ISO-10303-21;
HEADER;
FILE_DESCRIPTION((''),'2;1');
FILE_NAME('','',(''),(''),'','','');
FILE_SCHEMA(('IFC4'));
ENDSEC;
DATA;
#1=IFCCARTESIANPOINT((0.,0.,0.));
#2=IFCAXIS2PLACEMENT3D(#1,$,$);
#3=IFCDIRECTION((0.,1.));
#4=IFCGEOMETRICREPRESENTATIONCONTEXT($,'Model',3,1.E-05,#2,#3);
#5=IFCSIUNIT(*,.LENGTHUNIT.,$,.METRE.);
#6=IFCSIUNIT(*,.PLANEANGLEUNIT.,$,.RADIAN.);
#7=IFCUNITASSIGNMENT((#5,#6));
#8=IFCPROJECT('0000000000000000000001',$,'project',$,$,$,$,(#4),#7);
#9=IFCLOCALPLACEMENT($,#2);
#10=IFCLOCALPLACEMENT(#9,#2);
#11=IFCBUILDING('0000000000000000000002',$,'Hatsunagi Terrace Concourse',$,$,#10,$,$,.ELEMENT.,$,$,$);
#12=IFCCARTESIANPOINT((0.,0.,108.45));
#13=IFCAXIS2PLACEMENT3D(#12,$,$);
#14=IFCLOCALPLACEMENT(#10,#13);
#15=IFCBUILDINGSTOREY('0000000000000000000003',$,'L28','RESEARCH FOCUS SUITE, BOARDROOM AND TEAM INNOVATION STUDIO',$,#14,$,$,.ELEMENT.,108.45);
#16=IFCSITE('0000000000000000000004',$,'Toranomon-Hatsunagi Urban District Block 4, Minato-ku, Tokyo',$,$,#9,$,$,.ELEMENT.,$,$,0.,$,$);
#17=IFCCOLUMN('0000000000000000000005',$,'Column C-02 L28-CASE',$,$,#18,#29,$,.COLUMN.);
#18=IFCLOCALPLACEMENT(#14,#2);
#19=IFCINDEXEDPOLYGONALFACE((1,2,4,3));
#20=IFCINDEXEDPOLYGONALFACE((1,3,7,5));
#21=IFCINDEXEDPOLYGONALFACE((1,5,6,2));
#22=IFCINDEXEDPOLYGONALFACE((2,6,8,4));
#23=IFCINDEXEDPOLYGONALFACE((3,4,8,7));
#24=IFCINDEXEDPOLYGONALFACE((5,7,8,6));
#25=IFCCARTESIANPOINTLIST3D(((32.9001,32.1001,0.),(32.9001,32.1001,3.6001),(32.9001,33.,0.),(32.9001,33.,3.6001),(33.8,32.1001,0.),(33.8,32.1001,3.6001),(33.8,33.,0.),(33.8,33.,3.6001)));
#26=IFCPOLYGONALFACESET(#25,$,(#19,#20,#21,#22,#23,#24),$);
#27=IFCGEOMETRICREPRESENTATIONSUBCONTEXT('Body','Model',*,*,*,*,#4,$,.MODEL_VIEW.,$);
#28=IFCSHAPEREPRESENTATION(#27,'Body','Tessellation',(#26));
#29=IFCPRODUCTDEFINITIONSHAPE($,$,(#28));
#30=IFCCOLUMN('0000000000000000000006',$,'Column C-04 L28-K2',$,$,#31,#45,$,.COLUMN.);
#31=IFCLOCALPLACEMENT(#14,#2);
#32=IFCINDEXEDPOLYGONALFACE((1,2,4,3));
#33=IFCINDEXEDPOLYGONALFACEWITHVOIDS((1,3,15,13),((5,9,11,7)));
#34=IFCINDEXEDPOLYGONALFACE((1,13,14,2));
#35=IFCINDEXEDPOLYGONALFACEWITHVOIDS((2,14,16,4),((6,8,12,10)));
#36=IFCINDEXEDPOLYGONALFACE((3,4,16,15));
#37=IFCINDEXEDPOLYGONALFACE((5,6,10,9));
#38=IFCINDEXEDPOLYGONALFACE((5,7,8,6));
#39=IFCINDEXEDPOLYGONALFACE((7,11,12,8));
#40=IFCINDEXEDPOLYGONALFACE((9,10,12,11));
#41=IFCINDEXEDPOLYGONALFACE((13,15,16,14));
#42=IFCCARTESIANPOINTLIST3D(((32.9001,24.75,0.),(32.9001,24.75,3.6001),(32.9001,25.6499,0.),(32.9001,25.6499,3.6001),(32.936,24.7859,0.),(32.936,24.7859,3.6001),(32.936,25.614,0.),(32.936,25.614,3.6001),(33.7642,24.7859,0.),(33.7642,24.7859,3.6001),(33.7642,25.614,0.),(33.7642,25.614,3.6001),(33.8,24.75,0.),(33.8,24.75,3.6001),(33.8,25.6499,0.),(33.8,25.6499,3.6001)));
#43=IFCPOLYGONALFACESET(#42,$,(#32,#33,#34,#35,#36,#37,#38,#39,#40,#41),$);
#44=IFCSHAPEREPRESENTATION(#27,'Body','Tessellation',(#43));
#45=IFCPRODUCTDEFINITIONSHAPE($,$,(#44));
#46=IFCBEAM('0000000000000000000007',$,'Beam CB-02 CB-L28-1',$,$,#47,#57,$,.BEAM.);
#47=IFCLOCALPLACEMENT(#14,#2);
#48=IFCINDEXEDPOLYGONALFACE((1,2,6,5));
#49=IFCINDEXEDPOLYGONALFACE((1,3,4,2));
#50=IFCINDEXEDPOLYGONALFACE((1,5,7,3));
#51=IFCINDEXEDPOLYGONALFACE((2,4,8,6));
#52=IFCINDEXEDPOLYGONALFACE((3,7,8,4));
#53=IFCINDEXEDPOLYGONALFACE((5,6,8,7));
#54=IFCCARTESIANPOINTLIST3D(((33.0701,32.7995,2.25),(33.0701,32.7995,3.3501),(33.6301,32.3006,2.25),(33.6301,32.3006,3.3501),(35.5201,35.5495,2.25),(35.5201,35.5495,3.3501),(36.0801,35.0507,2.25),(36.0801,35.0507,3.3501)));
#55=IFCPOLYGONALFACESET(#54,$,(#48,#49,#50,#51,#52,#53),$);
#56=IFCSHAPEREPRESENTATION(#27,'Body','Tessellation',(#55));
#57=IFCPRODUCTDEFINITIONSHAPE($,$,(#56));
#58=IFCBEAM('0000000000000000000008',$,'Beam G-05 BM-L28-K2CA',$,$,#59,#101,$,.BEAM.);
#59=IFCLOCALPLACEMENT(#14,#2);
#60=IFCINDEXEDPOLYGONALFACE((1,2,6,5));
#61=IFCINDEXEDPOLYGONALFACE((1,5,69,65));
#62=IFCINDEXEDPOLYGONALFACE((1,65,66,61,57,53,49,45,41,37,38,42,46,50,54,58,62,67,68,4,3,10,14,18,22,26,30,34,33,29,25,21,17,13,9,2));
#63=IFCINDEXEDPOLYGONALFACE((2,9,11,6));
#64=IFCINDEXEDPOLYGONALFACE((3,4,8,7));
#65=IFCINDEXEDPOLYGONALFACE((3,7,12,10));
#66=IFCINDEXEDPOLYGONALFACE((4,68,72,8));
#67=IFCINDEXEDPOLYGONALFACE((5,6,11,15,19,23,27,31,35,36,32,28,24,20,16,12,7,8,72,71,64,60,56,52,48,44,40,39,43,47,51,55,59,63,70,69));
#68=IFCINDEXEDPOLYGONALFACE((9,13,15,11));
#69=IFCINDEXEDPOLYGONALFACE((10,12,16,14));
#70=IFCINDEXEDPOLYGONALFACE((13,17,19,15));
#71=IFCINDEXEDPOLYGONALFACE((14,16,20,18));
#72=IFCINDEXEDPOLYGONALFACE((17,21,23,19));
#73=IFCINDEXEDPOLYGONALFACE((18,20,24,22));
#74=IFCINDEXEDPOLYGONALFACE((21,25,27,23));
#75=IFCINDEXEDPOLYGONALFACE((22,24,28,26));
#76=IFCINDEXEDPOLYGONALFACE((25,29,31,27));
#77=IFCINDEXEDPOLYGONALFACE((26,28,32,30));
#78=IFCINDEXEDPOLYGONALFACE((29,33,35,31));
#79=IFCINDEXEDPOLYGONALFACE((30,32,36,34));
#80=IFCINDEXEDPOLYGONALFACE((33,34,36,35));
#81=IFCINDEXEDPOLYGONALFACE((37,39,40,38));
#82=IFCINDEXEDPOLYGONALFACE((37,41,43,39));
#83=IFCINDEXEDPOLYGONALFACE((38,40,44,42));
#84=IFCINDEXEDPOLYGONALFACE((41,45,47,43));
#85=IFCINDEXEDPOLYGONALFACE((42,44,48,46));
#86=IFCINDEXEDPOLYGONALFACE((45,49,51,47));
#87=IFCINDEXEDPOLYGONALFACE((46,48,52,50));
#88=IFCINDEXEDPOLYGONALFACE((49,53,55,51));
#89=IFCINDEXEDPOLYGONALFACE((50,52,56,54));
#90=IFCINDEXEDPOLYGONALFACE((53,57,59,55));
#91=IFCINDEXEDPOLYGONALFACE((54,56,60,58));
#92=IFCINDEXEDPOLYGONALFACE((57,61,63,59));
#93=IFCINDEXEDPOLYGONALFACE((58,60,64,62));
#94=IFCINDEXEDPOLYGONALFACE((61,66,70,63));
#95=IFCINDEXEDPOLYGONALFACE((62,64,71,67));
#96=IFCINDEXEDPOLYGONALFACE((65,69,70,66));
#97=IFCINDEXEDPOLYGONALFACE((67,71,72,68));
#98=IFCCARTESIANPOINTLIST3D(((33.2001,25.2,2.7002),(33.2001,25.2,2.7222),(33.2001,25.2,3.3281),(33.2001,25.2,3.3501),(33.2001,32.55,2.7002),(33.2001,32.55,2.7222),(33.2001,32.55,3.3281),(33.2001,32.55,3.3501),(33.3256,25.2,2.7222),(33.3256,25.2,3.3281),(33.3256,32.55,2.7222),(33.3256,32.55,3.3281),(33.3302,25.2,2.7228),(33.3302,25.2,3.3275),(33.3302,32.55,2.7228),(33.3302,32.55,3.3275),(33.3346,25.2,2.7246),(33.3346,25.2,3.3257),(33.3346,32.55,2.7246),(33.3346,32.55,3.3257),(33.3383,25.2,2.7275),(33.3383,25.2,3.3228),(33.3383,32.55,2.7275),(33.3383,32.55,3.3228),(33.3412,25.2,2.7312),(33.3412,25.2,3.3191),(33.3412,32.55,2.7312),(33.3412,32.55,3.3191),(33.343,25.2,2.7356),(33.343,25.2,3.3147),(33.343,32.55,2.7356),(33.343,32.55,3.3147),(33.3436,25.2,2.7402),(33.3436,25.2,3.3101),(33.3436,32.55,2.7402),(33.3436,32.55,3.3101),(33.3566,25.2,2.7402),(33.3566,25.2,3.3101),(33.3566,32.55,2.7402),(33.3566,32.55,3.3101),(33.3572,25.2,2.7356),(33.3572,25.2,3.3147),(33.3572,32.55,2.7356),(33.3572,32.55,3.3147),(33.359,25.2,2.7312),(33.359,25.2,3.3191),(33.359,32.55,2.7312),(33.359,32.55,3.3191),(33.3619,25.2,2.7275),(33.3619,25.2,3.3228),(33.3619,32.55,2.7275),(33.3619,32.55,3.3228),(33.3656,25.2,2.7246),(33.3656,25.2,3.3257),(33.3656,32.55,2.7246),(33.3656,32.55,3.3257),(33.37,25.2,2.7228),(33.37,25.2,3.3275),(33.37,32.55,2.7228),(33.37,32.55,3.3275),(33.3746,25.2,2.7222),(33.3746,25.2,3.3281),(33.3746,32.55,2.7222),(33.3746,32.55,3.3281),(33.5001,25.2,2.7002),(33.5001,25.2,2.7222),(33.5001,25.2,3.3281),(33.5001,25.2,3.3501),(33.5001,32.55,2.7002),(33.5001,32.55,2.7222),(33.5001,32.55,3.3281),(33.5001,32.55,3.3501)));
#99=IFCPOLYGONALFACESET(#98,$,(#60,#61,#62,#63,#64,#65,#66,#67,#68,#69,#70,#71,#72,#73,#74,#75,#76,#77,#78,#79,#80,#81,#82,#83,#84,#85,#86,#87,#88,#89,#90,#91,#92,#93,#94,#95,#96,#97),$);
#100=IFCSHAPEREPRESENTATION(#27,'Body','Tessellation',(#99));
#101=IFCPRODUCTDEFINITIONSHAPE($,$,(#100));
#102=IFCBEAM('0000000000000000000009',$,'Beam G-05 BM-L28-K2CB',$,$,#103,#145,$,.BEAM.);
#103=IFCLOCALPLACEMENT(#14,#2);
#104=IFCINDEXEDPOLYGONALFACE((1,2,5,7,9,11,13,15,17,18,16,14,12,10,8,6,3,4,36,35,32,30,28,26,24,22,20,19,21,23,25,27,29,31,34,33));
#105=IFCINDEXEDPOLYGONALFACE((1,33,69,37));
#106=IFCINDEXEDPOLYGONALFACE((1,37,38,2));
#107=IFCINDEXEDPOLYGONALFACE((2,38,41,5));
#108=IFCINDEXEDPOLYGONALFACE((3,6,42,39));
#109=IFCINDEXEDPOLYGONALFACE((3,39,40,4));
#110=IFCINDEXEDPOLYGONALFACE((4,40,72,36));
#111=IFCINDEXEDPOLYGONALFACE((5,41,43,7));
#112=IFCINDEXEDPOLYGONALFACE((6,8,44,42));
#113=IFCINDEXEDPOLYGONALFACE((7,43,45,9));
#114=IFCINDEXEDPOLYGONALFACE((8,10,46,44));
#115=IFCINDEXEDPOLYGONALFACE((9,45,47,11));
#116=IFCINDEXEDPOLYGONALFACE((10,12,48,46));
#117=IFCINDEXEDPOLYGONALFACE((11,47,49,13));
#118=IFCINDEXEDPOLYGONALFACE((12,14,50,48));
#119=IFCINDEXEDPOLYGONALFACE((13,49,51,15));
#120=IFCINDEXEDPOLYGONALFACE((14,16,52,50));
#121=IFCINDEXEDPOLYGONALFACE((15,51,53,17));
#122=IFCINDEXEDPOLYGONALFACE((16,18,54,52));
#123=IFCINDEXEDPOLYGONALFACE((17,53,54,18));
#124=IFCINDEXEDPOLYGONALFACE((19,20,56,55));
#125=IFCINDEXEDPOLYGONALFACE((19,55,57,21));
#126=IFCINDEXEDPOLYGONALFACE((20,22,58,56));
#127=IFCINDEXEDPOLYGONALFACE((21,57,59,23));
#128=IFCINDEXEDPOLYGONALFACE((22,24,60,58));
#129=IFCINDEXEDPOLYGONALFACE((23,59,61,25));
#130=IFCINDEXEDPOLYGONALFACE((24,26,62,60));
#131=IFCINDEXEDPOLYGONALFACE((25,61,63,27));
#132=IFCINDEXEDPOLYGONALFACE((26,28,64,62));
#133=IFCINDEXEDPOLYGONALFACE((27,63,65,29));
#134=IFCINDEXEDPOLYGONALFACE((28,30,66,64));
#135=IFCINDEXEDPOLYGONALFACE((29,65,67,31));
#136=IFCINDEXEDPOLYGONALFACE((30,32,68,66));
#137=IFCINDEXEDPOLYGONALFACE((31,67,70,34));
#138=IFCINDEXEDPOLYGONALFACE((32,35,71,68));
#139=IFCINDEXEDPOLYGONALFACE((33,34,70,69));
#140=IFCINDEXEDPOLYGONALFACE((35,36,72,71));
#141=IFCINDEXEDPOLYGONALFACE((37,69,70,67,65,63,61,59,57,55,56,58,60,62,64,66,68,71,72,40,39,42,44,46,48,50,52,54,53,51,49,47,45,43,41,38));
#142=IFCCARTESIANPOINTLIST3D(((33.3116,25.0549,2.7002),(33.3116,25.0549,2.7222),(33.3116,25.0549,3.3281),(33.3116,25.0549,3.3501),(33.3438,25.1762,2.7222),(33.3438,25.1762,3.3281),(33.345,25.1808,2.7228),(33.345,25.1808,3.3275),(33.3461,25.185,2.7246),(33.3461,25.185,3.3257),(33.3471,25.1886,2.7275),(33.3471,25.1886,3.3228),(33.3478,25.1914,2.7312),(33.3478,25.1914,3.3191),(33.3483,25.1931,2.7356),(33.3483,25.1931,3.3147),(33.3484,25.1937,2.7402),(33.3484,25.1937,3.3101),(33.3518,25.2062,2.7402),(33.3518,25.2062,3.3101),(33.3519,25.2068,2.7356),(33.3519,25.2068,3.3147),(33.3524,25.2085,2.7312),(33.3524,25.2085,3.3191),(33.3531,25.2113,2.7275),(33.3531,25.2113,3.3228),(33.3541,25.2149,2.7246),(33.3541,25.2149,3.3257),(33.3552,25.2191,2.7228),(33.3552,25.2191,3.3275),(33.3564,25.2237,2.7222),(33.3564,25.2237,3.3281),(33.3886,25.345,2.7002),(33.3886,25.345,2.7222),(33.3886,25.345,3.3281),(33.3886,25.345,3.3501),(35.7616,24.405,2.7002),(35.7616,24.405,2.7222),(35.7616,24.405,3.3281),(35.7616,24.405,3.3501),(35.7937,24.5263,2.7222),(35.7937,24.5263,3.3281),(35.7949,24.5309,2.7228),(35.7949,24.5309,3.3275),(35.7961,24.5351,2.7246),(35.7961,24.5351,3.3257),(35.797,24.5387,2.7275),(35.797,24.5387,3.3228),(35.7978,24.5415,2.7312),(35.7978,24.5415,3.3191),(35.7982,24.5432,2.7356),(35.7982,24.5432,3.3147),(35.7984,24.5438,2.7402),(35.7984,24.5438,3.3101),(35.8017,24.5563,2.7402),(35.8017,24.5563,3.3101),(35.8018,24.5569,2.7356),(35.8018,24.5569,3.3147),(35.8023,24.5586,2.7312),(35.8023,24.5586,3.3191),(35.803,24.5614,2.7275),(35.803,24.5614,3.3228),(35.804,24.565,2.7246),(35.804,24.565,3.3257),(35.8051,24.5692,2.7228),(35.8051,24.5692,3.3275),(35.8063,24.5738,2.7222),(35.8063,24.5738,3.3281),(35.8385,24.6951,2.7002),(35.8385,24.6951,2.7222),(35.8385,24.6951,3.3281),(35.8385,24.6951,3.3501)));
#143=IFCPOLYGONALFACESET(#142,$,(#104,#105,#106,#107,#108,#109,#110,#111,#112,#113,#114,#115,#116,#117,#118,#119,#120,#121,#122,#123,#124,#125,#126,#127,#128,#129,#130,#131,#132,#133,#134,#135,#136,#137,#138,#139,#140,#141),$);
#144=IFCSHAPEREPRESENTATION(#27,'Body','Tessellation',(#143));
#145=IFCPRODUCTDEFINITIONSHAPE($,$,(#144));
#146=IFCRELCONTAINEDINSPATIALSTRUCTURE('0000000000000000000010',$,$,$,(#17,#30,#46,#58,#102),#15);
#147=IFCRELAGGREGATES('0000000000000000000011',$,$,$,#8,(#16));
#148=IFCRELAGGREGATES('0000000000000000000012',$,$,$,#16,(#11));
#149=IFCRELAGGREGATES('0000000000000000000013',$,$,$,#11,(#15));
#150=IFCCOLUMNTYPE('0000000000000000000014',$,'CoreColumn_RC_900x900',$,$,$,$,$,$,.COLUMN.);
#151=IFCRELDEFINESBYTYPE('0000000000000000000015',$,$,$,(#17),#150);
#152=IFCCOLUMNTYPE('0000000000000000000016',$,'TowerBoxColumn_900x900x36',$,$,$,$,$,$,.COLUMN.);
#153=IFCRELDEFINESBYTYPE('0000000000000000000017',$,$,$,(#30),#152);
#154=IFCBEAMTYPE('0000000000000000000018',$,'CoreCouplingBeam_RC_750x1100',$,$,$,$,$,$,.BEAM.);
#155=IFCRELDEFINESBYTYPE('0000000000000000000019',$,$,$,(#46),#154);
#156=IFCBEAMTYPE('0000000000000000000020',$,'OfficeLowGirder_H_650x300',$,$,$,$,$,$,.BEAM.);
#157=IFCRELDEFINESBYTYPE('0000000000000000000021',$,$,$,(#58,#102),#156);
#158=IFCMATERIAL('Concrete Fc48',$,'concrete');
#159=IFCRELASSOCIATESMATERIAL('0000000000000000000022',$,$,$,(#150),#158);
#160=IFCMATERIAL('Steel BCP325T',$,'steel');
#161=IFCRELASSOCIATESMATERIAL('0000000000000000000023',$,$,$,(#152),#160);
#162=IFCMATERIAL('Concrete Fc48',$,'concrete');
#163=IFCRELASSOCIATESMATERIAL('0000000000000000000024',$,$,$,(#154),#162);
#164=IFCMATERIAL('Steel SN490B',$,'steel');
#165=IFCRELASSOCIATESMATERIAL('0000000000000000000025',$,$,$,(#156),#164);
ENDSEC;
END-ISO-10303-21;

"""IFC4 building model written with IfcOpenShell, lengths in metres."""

from ifc_helpers import new_model, si_unit, direction, frame, origin, origin_2d, place, context, subcontext, project, spatial, rectangle, hollow_rectangle, i_section, extrude, material, material_profile, profile_set, type_object, element, save


model = new_model("IFC4")

# Units and contexts
model_context = context("Model", 3, precision=1e-05, world=origin(), true_north=direction((0.0, 1.0)))
body_context = subcontext(model_context, "Body", "Model", "MODEL_VIEW")
ifc_project = project(units=[si_unit("LENGTHUNIT", "METRE"), si_unit("PLANEANGLEUNIT", "RADIAN")], contexts=[model_context])

# Site, building, storey
site_placement = place(None, origin())
site = spatial("IfcSite", under=ifc_project, at=site_placement, Name="Toranomon-Hatsunagi Urban District Block 4, Minato-ku, Tokyo", CompositionType="ELEMENT", RefElevation=0.0)
building_placement = place(site_placement, origin())
building = spatial("IfcBuilding", under=site, at=building_placement, Name="Hatsunagi Terrace Concourse", CompositionType="ELEMENT")
storey_placement = place(building_placement, frame((0.0, 0.0, 108.45)))
storey = spatial("IfcBuildingStorey", under=building, at=storey_placement, Name="L28", Description="RESEARCH FOCUS SUITE, BOARDROOM AND TEAM INNOVATION STUDIO", CompositionType="ELEMENT", Elevation=108.45)

# Columns
ifc_material_1 = material(Name="Concrete Fc48", Category="concrete")
ifc_material_profile_1 = material_profile(ifc_material_1, rectangle(XDim=0.8999, YDim=0.8999, at=origin_2d()), Name="RC-900x900")
ifc_profile_set_1 = profile_set([ifc_material_profile_1], Name="Concrete Fc48")
column_type_1 = type_object("IfcColumnType", Name="CoreColumn_RC_900x900", PredefinedType="COLUMN", material=ifc_profile_set_1)
column_1_placement = place(storey_placement, frame((33.3501, 32.55, 0.0), z_axis=(0.0, 0.0, 1.0), x_axis=(1.0, 0.0, 0.0)))
element("IfcColumn", 1, at=column_1_placement, inside=storey, type_object=column_type_1, Name="Column C-02 L28-CASE", PredefinedType="COLUMN", context=body_context, shape_type="SweptSolid", body=[
    extrude(rectangle(XDim=0.8999, YDim=0.8999, at=origin_2d()), origin(), (0.0, 0.0, 1.0), 3.6001),
])
ifc_material_2 = material(Name="Steel BCP325T", Category="steel")
ifc_material_profile_2 = material_profile(ifc_material_2, hollow_rectangle(XDim=0.8999, YDim=0.8999, WallThickness=0.0359, at=origin_2d()), Name="BCP-900x900x36")
ifc_profile_set_2 = profile_set([ifc_material_profile_2], Name="Steel BCP325T")
column_type_2 = type_object("IfcColumnType", Name="TowerBoxColumn_900x900x36", PredefinedType="COLUMN", material=ifc_profile_set_2)
column_2_placement = place(storey_placement, frame((33.3501, 25.2, 0.0), z_axis=(0.0, 0.0, 1.0), x_axis=(1.0, 0.0, 0.0)))
element("IfcColumn", 2, at=column_2_placement, inside=storey, type_object=column_type_2, Name="Column C-04 L28-K2", PredefinedType="COLUMN", context=body_context, shape_type="SweptSolid", body=[
    extrude(hollow_rectangle(XDim=0.8999, YDim=0.8999, WallThickness=0.0359, at=origin_2d()), origin(), (0.0, 0.0, 1.0), 3.6001),
])

# Beams
ifc_material_3 = material(Name="Concrete Fc48", Category="concrete")
ifc_material_profile_3 = material_profile(ifc_material_3, rectangle(XDim=0.75, YDim=1.1001, at=origin_2d()), Name="RC-750x1100")
ifc_profile_set_3 = profile_set([ifc_material_profile_3], Name="Concrete Fc48")
beam_type_1 = type_object("IfcBeamType", Name="CoreCouplingBeam_RC_750x1100", PredefinedType="BEAM", material=ifc_profile_set_3)
beam_1_placement = place(storey_placement, frame((33.3501, 32.55, 2.8), z_axis=(0.665199, 0.746666, 0.0), x_axis=(-0.746666, 0.665199, 0.0)))
element("IfcBeam", 3, at=beam_1_placement, inside=storey, type_object=beam_type_1, Name="Beam CB-02 CB-L28-1", PredefinedType="BEAM", context=body_context, shape_type="SweptSolid", body=[
    extrude(rectangle(XDim=0.75, YDim=1.1001, at=origin_2d()), origin(), (0.0, 0.0, 1.0), 3.6831),
])
ifc_material_4 = material(Name="Steel SN490B", Category="steel")
ifc_material_profile_4 = material_profile(ifc_material_4, i_section(OverallWidth=0.3, OverallDepth=0.6499, WebThickness=0.0129, FlangeThickness=0.022, FilletRadius=0.0181, at=origin_2d()), Name="H-650x300x13x22")
ifc_profile_set_4 = profile_set([ifc_material_profile_4], Name="Steel SN490B")
beam_type_2 = type_object("IfcBeamType", Name="OfficeLowGirder_H_650x300", PredefinedType="BEAM", material=ifc_profile_set_4)
beam_2_placement = place(storey_placement, frame((33.3501, 25.2, 3.0251), z_axis=(0.0, 1.0, 0.0), x_axis=(-1.0, 0.0, 0.0)))
element("IfcBeam", 4, at=beam_2_placement, inside=storey, type_object=beam_type_2, Name="Beam G-05 BM-L28-K2CA", PredefinedType="BEAM", context=body_context, shape_type="SweptSolid", body=[
    extrude(i_section(OverallWidth=0.3, OverallDepth=0.6499, WebThickness=0.0129, FlangeThickness=0.022, FilletRadius=0.0181, at=origin_2d()), origin(), (0.0, 0.0, 1.0), 7.3501),
])
beam_3_placement = place(storey_placement, frame((33.3501, 25.2, 3.0251), z_axis=(0.96657, -0.256403, 0.0), x_axis=(0.256403, 0.96657, 0.0)))
element("IfcBeam", 5, at=beam_3_placement, inside=storey, type_object=beam_type_2, Name="Beam G-05 BM-L28-K2CB", PredefinedType="BEAM", context=body_context, shape_type="SweptSolid", body=[
    extrude(i_section(OverallWidth=0.3, OverallDepth=0.6499, WebThickness=0.0129, FlangeThickness=0.022, FilletRadius=0.0181, at=origin_2d()), origin(), (0.0, 0.0, 1.0), 2.5347),
])

save(model, "model.ifc")
